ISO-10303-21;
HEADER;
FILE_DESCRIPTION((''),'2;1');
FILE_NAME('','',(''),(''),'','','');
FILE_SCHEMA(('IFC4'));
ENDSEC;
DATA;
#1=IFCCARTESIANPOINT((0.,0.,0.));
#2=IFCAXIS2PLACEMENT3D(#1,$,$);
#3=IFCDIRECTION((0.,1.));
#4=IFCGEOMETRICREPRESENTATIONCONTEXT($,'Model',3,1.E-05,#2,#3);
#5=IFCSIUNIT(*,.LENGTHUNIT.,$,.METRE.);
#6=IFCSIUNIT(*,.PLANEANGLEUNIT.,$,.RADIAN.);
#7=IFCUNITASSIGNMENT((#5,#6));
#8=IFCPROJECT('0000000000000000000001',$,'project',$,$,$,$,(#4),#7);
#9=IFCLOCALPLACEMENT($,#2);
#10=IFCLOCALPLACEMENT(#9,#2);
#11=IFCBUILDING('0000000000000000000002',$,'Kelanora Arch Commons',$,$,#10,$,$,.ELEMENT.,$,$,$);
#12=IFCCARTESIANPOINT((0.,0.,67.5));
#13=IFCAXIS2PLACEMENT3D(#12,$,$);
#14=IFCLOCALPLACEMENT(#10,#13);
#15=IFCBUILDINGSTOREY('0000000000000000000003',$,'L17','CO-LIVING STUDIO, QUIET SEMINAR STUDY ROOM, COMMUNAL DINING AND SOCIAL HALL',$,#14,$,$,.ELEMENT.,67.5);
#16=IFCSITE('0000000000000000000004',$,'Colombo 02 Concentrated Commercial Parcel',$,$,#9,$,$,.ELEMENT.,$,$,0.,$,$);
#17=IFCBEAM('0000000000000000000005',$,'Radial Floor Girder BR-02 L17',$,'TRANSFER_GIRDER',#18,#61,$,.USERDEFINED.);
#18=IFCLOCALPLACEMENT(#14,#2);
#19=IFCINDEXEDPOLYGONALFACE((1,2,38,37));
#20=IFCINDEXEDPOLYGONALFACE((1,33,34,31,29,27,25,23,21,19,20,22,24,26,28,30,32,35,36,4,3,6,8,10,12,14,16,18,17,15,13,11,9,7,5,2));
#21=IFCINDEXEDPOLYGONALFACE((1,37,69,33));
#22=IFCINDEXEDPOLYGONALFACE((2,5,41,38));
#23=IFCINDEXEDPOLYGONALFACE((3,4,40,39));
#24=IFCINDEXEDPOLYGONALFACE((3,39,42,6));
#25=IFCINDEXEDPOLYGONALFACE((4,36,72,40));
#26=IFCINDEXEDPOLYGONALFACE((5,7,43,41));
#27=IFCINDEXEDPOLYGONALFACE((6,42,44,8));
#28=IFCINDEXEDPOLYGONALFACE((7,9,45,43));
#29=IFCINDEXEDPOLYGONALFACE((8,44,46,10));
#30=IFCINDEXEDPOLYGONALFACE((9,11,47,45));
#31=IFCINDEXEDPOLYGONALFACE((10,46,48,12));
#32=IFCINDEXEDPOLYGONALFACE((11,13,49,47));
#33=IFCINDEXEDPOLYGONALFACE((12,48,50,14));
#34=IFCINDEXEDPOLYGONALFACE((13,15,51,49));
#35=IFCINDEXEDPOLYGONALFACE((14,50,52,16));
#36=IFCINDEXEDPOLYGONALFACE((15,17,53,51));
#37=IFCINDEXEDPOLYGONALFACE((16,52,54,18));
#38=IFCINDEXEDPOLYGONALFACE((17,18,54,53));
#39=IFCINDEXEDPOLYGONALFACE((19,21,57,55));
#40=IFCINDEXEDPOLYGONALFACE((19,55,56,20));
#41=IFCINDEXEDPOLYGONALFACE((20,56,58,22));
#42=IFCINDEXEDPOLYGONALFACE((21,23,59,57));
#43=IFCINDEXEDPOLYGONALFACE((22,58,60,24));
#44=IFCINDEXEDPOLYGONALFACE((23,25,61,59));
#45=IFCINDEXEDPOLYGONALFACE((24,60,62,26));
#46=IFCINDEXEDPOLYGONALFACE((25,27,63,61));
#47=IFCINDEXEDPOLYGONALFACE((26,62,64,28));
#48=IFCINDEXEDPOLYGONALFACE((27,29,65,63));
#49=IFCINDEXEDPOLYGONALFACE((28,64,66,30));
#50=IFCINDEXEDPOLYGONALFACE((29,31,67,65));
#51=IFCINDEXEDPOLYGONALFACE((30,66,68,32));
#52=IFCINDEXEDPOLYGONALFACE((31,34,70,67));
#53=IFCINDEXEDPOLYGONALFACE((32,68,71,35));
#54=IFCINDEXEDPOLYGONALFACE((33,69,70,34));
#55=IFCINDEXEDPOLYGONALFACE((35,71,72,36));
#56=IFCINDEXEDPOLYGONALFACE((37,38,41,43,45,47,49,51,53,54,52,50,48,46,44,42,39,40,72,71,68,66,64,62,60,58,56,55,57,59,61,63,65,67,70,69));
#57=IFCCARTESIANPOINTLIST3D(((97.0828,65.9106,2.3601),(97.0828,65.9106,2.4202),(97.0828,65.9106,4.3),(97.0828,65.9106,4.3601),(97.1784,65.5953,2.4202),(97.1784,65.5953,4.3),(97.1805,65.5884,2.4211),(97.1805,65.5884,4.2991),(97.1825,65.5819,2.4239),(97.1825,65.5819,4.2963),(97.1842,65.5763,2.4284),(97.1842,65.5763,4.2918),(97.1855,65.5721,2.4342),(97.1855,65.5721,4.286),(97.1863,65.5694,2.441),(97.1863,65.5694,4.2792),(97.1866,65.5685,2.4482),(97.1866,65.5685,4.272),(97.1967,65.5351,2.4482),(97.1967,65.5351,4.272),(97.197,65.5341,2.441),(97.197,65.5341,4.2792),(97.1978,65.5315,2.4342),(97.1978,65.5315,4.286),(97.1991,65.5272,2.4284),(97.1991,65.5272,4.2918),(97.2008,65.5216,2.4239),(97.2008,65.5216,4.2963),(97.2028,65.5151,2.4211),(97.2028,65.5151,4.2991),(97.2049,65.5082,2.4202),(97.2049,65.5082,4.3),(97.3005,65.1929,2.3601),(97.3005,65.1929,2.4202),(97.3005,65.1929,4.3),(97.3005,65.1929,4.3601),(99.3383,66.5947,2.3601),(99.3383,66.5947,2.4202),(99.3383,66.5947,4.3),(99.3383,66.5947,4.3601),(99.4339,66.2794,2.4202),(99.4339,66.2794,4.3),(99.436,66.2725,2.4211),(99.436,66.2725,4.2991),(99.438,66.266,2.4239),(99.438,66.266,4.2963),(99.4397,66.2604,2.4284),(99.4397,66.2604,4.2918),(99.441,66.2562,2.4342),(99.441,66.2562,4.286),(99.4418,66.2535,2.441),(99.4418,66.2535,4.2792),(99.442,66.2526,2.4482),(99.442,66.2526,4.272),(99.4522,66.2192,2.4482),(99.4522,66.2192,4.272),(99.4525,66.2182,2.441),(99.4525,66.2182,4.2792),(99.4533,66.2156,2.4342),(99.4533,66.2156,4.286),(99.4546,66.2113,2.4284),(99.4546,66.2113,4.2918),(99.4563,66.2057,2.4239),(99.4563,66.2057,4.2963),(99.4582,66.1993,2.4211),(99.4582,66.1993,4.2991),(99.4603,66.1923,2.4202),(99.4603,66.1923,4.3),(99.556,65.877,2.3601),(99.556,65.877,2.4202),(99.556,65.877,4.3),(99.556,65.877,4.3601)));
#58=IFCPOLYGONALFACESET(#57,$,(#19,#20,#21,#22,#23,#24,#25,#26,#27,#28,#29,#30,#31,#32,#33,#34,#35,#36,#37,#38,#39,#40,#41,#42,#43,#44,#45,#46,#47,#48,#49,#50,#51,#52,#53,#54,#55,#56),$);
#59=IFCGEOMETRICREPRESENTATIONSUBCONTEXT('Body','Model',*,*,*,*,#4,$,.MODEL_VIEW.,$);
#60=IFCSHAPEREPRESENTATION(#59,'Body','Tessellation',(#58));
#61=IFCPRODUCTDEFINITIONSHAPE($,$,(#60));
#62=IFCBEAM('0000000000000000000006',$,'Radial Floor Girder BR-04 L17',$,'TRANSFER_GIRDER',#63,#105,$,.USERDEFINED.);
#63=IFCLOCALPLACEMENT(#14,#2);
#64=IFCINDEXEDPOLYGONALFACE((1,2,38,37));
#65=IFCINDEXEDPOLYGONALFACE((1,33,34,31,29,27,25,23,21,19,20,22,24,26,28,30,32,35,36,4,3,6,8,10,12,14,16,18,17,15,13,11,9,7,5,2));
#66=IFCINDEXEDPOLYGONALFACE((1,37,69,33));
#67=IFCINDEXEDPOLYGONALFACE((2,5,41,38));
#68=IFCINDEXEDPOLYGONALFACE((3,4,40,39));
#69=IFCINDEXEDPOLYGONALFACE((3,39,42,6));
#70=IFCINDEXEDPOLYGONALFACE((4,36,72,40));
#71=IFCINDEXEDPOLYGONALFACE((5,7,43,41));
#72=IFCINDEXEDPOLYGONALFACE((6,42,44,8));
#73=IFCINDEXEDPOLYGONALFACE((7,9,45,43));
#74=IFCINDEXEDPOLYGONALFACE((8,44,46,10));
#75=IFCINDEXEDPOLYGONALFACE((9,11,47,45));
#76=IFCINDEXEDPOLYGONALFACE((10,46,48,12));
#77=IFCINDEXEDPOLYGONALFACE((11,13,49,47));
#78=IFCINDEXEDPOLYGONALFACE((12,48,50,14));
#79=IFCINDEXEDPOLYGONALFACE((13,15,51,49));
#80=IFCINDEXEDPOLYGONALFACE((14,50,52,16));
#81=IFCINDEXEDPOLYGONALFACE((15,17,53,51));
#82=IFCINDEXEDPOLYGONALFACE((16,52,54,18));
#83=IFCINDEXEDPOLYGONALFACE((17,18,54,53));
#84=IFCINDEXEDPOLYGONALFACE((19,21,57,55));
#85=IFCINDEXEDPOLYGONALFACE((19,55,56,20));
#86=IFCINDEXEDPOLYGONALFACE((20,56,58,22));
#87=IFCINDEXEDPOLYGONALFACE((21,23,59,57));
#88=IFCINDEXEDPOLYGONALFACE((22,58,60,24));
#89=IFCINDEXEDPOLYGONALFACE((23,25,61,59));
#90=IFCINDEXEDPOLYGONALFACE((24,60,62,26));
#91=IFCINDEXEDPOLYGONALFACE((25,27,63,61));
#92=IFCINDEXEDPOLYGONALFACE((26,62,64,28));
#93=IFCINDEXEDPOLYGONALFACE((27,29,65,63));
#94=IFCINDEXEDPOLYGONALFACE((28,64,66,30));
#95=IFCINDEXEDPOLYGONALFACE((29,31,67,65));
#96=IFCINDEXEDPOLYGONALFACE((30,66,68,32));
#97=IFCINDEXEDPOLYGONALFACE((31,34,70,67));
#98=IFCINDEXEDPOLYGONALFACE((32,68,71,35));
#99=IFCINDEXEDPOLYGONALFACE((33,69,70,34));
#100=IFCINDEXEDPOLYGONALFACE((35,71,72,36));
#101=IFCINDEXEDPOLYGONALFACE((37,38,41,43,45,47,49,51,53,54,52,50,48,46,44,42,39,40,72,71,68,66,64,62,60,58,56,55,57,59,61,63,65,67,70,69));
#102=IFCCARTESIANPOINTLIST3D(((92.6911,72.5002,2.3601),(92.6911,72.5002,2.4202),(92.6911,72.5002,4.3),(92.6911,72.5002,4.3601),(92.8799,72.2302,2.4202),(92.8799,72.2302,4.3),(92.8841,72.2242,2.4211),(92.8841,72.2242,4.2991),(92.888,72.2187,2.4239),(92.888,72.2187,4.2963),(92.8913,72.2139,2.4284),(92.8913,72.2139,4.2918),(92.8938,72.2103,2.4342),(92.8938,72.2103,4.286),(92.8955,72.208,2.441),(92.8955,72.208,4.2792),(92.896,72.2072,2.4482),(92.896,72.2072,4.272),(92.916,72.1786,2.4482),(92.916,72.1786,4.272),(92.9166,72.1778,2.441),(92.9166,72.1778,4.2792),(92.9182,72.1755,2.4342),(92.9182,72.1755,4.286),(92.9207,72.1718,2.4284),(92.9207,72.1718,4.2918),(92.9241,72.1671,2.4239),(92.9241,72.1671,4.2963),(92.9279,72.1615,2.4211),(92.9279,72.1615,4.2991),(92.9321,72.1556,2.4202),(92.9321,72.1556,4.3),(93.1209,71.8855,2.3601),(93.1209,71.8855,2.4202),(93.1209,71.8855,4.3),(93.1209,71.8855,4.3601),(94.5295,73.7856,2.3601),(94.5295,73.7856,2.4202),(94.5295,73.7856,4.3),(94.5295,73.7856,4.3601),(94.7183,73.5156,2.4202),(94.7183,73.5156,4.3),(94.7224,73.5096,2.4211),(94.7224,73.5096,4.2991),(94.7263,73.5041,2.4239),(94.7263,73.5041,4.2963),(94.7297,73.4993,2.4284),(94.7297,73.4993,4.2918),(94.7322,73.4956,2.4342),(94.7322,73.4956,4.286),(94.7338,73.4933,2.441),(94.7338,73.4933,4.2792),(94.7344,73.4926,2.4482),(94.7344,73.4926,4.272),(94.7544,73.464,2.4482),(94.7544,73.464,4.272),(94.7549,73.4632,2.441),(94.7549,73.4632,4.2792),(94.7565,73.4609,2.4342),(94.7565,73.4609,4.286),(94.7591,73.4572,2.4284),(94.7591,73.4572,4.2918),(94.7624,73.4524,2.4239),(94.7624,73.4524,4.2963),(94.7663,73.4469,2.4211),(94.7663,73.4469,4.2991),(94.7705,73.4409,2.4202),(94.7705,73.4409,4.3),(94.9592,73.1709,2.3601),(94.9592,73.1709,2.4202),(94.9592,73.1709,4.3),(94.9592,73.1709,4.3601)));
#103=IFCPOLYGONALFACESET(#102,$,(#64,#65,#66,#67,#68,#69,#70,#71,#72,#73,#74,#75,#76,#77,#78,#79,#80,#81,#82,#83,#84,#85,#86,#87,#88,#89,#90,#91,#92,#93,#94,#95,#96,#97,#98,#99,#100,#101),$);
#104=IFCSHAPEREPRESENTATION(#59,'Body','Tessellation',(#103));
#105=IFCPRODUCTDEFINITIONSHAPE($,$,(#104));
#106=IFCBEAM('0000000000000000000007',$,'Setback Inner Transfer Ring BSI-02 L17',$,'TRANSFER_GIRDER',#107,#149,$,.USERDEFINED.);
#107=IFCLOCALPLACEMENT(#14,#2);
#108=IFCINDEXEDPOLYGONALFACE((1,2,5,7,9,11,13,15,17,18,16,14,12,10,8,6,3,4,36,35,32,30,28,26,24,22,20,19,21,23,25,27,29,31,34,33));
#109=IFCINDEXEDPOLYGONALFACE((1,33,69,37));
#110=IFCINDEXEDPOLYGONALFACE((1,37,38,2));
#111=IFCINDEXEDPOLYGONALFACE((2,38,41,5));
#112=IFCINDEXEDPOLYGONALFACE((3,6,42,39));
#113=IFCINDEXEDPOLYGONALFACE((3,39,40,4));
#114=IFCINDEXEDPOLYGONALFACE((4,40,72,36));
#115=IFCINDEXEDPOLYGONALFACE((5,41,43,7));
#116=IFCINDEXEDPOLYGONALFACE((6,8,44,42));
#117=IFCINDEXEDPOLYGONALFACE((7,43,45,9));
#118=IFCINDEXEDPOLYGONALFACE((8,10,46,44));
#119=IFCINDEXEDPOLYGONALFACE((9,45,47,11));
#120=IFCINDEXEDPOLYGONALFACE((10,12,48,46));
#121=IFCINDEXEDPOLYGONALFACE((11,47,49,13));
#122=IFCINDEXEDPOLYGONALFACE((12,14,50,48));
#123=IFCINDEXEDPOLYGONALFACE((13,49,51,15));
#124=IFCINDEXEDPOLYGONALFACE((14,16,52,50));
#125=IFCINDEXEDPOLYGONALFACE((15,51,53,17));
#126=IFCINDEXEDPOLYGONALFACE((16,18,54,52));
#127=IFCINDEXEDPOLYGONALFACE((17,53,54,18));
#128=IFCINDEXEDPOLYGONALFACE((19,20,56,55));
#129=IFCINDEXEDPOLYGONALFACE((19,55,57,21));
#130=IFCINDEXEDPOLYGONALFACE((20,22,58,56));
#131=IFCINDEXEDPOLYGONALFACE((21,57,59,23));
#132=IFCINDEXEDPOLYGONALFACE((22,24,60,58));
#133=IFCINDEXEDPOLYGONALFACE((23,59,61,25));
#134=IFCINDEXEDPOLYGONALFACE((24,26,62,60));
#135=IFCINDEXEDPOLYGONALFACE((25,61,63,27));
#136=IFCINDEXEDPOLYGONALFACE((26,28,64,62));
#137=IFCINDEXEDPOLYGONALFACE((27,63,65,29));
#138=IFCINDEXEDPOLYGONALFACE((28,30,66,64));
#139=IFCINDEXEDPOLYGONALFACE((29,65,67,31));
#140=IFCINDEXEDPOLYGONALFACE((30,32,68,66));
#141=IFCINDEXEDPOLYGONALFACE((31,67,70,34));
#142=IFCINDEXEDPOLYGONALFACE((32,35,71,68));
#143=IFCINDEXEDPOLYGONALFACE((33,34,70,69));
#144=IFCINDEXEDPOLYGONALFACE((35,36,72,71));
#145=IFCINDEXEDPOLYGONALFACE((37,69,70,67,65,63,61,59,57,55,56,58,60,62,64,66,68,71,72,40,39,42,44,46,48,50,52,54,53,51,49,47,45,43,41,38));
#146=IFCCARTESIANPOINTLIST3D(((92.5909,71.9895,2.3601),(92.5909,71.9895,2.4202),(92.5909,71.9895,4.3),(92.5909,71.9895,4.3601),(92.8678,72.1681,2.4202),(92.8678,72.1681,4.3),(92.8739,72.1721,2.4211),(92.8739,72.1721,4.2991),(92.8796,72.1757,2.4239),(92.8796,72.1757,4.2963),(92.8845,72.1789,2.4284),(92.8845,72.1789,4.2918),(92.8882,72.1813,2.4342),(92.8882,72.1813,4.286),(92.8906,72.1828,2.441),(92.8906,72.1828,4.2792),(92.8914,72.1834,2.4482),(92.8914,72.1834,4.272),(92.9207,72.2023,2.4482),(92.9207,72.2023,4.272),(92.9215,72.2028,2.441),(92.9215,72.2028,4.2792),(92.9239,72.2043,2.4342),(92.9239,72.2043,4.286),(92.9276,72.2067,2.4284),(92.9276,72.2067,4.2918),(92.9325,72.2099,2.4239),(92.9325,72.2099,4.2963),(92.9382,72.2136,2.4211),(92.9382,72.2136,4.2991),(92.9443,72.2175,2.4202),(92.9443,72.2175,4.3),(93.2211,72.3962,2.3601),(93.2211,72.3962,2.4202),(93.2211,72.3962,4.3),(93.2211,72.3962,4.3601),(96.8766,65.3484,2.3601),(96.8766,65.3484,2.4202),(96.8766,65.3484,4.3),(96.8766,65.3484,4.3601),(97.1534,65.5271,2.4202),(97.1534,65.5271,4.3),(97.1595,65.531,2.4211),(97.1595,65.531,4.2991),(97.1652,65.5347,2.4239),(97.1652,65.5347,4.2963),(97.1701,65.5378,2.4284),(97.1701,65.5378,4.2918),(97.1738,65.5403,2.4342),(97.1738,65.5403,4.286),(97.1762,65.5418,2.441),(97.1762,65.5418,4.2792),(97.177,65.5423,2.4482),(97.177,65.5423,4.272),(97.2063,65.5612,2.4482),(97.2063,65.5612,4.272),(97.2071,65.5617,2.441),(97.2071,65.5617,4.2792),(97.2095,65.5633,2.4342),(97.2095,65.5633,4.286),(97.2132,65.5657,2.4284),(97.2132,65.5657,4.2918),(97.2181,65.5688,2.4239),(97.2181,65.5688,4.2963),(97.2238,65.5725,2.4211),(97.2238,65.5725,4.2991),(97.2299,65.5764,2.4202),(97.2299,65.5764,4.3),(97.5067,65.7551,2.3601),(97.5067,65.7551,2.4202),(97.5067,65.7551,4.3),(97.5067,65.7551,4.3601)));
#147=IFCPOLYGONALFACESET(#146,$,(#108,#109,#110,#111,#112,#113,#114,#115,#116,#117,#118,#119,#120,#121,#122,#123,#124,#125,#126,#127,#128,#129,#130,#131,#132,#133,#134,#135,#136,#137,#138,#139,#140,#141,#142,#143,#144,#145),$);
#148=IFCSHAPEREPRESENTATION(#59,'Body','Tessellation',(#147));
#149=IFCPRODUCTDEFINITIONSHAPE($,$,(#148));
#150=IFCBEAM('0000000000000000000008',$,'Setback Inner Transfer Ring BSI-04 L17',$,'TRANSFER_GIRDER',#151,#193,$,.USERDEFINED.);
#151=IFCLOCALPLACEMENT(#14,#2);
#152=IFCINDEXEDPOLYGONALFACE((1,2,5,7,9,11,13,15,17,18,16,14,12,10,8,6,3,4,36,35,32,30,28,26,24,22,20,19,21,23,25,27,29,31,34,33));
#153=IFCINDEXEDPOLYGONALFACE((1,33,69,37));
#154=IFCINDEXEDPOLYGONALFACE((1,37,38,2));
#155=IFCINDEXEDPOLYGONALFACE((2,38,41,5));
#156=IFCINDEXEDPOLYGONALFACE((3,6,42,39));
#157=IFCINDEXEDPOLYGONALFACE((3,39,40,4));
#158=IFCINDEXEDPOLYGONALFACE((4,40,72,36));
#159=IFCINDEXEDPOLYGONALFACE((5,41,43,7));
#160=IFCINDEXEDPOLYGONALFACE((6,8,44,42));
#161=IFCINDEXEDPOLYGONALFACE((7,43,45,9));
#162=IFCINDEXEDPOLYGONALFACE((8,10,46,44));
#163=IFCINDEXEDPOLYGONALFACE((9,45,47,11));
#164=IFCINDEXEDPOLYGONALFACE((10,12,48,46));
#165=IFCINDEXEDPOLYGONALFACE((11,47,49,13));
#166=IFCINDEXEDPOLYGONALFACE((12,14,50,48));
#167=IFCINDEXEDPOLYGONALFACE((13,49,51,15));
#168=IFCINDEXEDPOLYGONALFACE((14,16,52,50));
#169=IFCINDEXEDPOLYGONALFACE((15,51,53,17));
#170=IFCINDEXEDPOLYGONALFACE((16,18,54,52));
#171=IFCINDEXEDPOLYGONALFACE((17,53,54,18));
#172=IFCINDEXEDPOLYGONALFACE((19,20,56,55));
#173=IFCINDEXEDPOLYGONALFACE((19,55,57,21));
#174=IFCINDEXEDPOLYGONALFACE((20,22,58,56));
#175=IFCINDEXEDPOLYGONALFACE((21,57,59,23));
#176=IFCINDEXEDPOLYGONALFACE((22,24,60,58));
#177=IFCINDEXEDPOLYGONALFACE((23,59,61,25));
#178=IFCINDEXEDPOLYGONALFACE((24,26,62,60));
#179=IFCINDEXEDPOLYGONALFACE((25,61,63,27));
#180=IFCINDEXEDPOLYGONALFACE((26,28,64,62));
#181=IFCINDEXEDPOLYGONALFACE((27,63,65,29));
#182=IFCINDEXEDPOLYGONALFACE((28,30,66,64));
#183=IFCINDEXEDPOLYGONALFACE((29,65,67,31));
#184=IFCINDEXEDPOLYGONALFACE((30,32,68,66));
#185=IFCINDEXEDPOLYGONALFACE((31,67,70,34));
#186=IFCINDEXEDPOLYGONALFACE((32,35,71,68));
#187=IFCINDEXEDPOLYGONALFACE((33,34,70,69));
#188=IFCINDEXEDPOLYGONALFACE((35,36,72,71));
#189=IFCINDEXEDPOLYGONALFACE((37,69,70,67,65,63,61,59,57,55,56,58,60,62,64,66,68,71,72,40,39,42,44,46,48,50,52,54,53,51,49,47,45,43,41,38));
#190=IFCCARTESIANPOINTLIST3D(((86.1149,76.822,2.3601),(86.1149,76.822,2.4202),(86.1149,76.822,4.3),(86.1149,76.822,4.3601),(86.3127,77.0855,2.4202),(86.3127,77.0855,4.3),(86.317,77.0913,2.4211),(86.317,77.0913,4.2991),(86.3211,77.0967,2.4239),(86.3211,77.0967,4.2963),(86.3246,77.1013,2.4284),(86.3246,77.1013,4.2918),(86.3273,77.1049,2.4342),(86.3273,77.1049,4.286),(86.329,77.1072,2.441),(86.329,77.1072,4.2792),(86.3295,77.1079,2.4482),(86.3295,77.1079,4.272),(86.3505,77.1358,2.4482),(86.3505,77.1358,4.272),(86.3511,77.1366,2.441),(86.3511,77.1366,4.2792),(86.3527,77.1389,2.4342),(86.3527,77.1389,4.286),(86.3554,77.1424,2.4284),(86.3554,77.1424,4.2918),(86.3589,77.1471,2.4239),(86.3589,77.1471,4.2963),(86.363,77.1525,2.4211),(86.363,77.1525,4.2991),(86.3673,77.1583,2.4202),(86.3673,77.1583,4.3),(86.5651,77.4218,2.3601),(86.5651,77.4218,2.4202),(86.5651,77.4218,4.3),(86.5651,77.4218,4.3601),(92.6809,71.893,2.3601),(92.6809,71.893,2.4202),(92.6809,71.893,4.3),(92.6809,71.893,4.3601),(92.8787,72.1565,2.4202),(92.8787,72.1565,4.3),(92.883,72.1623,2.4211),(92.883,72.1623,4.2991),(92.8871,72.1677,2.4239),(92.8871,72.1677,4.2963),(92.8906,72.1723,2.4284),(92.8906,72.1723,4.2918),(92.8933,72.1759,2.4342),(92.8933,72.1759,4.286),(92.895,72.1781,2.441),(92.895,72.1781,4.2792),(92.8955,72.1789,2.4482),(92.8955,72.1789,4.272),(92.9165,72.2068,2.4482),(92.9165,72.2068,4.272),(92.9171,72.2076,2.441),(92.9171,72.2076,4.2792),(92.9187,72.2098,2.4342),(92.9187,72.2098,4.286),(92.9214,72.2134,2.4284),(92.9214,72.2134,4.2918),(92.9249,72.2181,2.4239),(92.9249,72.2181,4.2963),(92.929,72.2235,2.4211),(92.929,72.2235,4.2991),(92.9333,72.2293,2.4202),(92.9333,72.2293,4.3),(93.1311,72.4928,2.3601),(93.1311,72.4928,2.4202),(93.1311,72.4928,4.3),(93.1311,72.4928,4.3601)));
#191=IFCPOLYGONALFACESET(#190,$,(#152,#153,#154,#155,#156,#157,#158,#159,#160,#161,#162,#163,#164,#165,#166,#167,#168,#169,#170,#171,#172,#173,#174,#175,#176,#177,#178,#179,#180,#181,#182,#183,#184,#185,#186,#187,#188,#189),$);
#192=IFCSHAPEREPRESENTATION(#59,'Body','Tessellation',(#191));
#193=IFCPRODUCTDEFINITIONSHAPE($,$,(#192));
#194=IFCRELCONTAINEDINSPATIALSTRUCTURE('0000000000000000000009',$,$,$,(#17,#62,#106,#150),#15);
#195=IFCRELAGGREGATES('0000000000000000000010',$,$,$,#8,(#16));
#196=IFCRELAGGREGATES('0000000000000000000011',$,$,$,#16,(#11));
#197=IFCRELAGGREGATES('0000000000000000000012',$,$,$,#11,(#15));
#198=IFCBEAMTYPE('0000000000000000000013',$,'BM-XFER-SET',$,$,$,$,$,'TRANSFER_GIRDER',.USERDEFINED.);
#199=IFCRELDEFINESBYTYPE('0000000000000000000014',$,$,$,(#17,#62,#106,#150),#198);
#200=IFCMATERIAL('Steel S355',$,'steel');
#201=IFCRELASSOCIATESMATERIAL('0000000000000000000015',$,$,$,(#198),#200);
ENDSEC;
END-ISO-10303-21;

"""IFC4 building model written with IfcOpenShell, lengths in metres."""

from ifc_helpers import new_model, si_unit, direction, frame, origin, origin_2d, place, context, subcontext, project, spatial, i_section, extrude, material, material_profile, profile_set, type_object, element, save


model = new_model("IFC4")

# Units and contexts
model_context = context("Model", 3, precision=1e-05, world=origin(), true_north=direction((0.0, 1.0)))
body_context = subcontext(model_context, "Body", "Model", "MODEL_VIEW")
ifc_project = project(units=[si_unit("LENGTHUNIT", "METRE"), si_unit("PLANEANGLEUNIT", "RADIAN")], contexts=[model_context])

# Site, building, storey
site_placement = place(None, origin())
site = spatial("IfcSite", under=ifc_project, at=site_placement, Name="Colombo 02 Concentrated Commercial Parcel", CompositionType="ELEMENT", RefElevation=0.0)
building_placement = place(site_placement, origin())
building = spatial("IfcBuilding", under=site, at=building_placement, Name="Kelanora Arch Commons", CompositionType="ELEMENT")
storey_placement = place(building_placement, frame((0.0, 0.0, 67.5)))
storey = spatial("IfcBuildingStorey", under=building, at=storey_placement, Name="L17", Description="CO-LIVING STUDIO, QUIET SEMINAR STUDY ROOM, COMMUNAL DINING AND SOCIAL HALL", CompositionType="ELEMENT", Elevation=67.5)

# Beams
ifc_material_1 = material(Name="Steel S355", Category="steel")
ifc_material_profile_1 = material_profile(ifc_material_1, i_section(OverallWidth=0.75, OverallDepth=2.0, WebThickness=0.0349, FlangeThickness=0.0601, FilletRadius=0.0281, at=origin_2d()), Name="PG2000x750")
ifc_profile_set_1 = profile_set([ifc_material_profile_1], Name="Steel S355")
beam_type_1 = type_object("IfcBeamType", Name="BM-XFER-SET", ElementType="TRANSFER_GIRDER", PredefinedType="USERDEFINED", material=ifc_profile_set_1)
beam_1_placement = place(storey_placement, frame((97.1917, 65.5518, 3.3601), z_axis=(0.956949, 0.290255, 0.0), x_axis=(-0.290255, 0.956949, 0.0)))
element("IfcBeam", 1, at=beam_1_placement, inside=storey, type_object=beam_type_1, Name="Radial Floor Girder BR-02 L17", ObjectType="TRANSFER_GIRDER", PredefinedType="USERDEFINED", context=body_context, shape_type="SweptSolid", body=[
    extrude(i_section(OverallWidth=0.75, OverallDepth=2.0, WebThickness=0.0349, FlangeThickness=0.0601, FilletRadius=0.0281, at=origin_2d()), origin(), (0.0, 0.0, 1.0), 2.3569),
])
beam_2_placement = place(storey_placement, frame((92.906, 72.1929, 3.3601), z_axis=(0.819539, 0.573024, 0.0), x_axis=(-0.573024, 0.819539, 0.0)))
element("IfcBeam", 2, at=beam_2_placement, inside=storey, type_object=beam_type_1, Name="Radial Floor Girder BR-04 L17", ObjectType="TRANSFER_GIRDER", PredefinedType="USERDEFINED", context=body_context, shape_type="SweptSolid", body=[
    extrude(i_section(OverallWidth=0.75, OverallDepth=2.0, WebThickness=0.0349, FlangeThickness=0.0601, FilletRadius=0.0281, at=origin_2d()), origin(), (0.0, 0.0, 1.0), 2.2432),
])
beam_3_placement = place(storey_placement, frame((97.1917, 65.5518, 3.3601), z_axis=(-0.542221, 0.840236, 0.0), x_axis=(-0.840236, -0.542221, 0.0)))
element("IfcBeam", 3, at=beam_3_placement, inside=storey, type_object=beam_type_1, Name="Setback Inner Transfer Ring BSI-02 L17", ObjectType="TRANSFER_GIRDER", PredefinedType="USERDEFINED", context=body_context, shape_type="SweptSolid", body=[
    extrude(i_section(OverallWidth=0.75, OverallDepth=2.0, WebThickness=0.0349, FlangeThickness=0.0601, FilletRadius=0.0281, at=origin_2d()), origin(), (0.0, 0.0, 1.0), 7.9038),
])
beam_4_placement = place(storey_placement, frame((92.906, 72.1929, 3.3601), z_axis=(-0.799736, 0.600352, 0.0), x_axis=(-0.600352, -0.799736, 0.0)))
element("IfcBeam", 4, at=beam_4_placement, inside=storey, type_object=beam_type_1, Name="Setback Inner Transfer Ring BSI-04 L17", ObjectType="TRANSFER_GIRDER", PredefinedType="USERDEFINED", context=body_context, shape_type="SweptSolid", body=[
    extrude(i_section(OverallWidth=0.75, OverallDepth=2.0, WebThickness=0.0349, FlangeThickness=0.0601, FilletRadius=0.0281, at=origin_2d()), origin(), (0.0, 0.0, 1.0), 8.2102),
])

save(model, "model.ifc")
